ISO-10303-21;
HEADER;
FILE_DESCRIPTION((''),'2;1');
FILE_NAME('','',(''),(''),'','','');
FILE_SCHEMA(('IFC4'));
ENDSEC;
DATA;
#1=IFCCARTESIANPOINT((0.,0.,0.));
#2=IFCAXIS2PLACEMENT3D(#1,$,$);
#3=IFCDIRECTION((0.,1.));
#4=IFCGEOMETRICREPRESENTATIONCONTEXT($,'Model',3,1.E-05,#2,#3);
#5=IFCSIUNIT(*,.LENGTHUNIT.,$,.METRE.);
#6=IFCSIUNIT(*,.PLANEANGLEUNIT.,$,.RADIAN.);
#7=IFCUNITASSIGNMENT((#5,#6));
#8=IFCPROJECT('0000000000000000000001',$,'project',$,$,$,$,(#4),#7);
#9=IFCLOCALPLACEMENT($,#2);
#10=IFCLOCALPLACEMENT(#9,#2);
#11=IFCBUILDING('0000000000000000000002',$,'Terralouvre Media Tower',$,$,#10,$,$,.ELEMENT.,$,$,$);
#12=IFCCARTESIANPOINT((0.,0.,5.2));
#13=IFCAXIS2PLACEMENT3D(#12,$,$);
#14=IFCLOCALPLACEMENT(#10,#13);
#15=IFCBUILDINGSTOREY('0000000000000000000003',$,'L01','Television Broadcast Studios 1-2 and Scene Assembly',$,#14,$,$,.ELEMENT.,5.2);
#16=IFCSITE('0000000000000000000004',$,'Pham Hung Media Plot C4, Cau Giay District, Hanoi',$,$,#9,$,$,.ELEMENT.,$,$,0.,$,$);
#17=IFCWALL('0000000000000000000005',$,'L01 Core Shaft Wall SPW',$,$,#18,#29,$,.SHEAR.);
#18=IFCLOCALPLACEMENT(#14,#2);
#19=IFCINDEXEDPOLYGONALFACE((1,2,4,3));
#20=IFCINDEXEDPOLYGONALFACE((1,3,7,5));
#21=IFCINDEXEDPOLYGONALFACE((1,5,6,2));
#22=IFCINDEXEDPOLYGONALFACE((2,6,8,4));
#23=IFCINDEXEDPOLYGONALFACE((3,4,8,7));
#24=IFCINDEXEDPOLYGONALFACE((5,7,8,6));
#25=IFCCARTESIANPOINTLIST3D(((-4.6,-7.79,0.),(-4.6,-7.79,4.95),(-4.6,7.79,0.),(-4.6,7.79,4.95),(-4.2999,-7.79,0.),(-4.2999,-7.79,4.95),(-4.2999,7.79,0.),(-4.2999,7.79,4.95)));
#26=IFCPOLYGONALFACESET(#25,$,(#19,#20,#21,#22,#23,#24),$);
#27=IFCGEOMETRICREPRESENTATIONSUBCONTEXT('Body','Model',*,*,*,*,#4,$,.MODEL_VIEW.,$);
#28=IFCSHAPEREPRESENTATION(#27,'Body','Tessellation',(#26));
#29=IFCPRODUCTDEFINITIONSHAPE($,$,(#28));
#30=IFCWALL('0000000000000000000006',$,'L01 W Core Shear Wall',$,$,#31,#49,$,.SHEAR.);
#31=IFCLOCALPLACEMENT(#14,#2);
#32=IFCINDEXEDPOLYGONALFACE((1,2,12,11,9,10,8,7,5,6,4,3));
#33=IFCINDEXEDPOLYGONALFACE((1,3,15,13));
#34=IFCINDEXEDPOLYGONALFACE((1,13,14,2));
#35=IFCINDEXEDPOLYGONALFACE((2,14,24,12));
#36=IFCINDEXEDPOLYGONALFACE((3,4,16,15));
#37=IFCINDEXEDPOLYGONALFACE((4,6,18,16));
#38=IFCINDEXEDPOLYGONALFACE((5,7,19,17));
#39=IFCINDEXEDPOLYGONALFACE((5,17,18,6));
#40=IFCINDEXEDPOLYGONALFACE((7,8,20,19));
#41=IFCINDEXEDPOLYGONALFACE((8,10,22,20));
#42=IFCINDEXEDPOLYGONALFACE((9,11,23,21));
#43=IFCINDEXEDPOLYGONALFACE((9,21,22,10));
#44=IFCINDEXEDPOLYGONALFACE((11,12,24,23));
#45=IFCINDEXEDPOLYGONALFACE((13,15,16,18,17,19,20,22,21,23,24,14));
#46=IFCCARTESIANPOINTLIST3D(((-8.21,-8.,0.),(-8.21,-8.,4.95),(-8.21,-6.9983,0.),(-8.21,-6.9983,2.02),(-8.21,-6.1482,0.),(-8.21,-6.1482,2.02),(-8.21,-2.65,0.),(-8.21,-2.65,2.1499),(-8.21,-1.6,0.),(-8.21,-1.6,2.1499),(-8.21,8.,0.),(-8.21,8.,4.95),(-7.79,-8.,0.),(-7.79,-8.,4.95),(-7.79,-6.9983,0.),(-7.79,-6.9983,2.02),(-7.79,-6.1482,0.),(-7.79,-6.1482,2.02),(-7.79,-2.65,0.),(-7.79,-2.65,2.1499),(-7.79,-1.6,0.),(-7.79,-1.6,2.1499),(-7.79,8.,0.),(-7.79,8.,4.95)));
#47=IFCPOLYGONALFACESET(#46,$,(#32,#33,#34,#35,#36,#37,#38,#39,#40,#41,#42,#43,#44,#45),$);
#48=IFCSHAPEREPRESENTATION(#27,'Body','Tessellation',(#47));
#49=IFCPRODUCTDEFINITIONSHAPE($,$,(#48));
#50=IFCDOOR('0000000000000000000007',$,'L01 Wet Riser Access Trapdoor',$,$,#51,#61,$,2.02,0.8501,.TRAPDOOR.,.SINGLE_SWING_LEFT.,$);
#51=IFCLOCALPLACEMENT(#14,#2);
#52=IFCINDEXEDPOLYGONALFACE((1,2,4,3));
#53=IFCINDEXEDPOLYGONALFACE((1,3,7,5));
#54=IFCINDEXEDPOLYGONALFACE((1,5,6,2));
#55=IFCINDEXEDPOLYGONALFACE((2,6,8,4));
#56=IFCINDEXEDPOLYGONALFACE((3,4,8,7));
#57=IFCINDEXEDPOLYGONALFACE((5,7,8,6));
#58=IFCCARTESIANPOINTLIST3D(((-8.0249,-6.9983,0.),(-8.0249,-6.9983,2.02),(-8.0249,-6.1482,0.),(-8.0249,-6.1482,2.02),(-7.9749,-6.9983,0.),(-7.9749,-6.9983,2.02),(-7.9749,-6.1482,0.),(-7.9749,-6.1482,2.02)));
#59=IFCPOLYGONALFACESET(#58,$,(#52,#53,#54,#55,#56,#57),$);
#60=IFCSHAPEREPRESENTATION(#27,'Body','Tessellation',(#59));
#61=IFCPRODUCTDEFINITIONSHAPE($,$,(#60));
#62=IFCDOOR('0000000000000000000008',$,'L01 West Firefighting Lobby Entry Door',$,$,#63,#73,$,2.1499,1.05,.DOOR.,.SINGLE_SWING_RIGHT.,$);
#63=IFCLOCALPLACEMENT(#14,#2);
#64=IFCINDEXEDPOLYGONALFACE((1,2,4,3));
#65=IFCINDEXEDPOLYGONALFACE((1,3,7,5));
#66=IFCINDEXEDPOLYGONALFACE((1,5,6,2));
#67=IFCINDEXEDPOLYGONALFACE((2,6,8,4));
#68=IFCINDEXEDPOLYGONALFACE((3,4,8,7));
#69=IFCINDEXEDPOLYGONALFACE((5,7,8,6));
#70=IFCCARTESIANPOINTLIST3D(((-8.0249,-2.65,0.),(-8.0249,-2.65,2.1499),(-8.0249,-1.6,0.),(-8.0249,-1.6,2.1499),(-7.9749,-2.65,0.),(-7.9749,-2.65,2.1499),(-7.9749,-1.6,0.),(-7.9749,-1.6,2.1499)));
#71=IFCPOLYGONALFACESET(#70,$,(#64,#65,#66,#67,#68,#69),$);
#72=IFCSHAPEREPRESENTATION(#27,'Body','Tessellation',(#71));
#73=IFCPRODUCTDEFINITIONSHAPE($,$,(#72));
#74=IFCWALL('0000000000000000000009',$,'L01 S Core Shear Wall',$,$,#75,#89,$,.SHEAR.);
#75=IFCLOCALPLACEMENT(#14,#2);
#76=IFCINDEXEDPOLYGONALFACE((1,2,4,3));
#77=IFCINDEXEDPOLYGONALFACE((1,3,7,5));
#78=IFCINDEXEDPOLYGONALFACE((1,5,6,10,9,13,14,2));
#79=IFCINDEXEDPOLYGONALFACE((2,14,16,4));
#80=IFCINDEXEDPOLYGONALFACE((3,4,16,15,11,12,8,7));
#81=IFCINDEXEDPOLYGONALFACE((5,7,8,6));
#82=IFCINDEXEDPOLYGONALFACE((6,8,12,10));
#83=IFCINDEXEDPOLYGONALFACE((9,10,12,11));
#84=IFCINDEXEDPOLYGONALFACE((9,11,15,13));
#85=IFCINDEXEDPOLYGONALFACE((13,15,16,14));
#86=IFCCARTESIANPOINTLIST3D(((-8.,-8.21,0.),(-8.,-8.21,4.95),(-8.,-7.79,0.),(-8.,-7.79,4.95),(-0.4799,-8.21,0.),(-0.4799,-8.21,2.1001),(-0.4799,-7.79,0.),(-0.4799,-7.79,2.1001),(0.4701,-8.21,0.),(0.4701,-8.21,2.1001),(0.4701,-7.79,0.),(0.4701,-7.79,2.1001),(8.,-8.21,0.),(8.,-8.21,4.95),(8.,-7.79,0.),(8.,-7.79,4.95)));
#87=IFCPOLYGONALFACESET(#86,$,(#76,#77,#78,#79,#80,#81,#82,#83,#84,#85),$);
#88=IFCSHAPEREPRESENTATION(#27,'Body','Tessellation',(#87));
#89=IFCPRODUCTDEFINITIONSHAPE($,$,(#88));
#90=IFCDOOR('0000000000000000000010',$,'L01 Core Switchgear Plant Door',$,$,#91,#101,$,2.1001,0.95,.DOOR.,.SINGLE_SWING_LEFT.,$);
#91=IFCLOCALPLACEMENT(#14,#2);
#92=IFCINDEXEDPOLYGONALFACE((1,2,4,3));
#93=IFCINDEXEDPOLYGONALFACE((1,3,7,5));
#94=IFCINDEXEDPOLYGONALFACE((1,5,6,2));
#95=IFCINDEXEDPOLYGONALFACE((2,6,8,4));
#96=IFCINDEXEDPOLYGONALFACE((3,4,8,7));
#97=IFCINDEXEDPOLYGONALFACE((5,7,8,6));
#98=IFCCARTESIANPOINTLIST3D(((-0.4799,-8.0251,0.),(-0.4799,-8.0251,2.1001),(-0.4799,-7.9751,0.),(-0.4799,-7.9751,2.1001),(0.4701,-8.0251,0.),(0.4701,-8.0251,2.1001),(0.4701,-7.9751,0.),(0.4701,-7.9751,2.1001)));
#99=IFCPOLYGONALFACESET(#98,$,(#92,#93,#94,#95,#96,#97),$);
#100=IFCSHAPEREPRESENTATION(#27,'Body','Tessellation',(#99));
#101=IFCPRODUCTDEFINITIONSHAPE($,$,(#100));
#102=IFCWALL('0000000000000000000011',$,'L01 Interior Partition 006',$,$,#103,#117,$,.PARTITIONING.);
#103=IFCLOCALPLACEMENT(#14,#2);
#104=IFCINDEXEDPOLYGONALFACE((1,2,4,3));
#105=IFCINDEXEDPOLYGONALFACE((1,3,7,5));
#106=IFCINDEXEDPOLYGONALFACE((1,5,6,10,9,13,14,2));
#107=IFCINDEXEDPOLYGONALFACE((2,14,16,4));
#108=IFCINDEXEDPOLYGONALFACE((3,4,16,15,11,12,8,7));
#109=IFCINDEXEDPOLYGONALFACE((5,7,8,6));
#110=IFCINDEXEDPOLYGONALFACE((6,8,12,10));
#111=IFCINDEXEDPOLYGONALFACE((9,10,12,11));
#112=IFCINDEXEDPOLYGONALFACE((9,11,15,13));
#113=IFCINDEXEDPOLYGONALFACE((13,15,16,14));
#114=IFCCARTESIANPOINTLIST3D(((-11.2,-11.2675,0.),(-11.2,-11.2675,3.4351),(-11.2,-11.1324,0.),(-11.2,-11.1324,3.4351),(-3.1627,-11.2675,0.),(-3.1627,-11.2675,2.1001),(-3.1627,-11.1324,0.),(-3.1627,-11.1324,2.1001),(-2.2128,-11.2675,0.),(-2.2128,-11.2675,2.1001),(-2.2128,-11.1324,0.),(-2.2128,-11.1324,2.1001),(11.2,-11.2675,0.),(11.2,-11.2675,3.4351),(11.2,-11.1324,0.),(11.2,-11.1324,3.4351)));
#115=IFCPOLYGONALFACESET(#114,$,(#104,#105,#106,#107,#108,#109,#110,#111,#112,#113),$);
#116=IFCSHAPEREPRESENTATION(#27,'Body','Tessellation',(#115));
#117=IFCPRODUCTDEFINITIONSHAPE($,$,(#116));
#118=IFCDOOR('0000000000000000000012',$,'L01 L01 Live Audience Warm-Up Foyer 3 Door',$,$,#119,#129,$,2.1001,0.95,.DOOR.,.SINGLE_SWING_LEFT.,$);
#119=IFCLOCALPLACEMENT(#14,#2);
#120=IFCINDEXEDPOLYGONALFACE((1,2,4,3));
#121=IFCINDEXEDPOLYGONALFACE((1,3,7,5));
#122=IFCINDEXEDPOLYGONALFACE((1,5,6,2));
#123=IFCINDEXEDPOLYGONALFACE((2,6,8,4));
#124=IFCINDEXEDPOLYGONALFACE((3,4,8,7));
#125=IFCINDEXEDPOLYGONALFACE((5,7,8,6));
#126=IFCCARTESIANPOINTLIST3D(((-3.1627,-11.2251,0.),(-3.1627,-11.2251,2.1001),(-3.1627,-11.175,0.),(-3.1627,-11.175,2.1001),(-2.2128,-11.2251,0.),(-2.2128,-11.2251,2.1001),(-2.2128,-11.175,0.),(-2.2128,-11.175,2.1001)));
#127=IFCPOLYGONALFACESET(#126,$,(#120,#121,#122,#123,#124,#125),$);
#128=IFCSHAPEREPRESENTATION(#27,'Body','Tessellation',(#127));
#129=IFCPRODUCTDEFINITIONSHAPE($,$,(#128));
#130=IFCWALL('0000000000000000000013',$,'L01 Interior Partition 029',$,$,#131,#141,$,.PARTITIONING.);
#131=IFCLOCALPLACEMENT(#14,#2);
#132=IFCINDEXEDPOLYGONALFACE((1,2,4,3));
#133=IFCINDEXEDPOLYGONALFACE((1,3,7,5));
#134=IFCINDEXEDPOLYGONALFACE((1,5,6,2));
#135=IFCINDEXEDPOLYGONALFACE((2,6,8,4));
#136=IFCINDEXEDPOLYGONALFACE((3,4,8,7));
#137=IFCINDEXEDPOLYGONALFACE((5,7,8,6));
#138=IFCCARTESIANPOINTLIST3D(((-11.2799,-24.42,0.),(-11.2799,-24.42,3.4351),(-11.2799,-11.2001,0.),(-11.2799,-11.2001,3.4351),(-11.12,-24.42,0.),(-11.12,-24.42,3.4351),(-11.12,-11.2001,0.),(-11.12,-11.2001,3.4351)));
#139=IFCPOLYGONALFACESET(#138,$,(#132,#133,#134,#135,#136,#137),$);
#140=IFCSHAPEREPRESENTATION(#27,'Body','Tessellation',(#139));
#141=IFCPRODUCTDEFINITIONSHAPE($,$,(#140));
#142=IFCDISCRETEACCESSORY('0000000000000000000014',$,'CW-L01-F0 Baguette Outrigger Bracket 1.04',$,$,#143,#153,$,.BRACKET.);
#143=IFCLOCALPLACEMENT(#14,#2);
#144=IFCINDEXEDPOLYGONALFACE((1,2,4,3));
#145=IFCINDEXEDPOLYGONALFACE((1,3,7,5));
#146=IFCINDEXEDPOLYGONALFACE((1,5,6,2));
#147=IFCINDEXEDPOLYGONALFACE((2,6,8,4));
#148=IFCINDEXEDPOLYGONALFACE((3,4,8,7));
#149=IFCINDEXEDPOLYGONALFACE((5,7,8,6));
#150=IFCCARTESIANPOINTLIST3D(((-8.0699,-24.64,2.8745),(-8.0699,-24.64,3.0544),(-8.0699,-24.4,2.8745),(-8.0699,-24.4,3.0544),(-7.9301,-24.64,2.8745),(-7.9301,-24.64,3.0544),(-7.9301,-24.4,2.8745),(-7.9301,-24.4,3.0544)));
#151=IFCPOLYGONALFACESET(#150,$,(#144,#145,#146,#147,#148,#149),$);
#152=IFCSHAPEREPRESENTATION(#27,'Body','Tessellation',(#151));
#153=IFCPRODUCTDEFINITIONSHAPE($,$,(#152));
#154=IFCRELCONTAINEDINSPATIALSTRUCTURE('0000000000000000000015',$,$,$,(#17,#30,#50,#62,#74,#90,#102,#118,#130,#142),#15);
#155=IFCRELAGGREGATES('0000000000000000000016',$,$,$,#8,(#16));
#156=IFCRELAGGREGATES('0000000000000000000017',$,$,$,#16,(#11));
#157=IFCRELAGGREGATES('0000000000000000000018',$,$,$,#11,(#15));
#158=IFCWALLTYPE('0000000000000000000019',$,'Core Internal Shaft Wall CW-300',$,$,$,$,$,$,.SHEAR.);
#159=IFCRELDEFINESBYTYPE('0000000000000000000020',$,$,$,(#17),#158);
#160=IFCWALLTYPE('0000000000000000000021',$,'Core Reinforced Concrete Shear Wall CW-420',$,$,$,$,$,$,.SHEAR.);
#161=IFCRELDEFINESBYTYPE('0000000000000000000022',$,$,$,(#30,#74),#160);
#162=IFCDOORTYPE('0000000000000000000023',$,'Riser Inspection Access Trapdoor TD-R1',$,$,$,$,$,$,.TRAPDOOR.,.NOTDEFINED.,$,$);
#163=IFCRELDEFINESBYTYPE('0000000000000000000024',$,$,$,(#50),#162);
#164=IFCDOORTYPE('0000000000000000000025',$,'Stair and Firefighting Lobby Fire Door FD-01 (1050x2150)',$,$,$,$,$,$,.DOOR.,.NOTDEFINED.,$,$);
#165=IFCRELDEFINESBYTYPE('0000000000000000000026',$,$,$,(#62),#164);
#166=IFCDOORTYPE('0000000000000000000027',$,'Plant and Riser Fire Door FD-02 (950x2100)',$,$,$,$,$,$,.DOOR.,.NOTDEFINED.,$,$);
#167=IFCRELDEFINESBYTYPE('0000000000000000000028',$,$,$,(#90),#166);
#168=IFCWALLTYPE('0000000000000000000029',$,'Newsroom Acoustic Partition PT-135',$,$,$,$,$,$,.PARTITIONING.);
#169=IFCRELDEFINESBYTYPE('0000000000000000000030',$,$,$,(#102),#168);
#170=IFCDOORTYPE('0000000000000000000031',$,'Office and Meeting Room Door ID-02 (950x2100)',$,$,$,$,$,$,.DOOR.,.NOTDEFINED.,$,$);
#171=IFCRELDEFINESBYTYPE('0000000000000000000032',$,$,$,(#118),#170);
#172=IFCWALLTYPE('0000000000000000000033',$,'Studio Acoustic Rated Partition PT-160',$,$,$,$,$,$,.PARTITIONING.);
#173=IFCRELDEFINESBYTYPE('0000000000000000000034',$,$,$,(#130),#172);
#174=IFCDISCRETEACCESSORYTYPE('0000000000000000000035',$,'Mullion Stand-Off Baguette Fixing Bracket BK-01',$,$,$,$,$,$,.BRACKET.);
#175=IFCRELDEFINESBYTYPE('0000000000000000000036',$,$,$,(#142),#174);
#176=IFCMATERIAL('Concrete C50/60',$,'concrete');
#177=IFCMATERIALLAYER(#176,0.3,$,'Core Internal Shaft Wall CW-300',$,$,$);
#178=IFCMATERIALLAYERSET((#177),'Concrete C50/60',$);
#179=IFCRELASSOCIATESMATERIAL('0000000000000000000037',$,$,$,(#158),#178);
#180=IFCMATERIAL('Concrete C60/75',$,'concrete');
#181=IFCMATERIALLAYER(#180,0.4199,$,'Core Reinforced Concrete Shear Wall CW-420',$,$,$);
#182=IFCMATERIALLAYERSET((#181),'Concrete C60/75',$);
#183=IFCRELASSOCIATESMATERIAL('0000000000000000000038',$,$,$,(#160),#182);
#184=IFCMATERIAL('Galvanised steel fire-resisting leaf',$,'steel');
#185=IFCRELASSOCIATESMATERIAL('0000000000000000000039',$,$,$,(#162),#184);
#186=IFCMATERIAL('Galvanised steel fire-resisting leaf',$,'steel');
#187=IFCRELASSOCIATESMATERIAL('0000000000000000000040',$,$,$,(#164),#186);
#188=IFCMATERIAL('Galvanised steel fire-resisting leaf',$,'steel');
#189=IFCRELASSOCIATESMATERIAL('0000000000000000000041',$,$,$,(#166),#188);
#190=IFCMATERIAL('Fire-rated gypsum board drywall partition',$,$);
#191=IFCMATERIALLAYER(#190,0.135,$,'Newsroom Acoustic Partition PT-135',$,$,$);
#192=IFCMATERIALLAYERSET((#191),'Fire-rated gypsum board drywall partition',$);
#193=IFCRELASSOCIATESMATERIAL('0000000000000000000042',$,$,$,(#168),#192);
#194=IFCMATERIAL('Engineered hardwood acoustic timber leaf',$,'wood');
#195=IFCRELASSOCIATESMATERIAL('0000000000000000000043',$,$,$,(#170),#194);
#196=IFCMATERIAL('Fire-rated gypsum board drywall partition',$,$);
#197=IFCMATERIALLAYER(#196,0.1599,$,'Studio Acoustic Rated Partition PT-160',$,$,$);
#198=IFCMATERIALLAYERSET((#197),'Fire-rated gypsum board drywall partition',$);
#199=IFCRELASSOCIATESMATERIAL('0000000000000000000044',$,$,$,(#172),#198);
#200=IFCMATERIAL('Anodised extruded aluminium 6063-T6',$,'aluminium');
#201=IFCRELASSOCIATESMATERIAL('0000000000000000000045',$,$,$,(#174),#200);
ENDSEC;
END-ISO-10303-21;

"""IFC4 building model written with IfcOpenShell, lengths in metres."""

from ifc_helpers import new_model, si_unit, direction, frame, frame_2d, origin, origin_2d, place, context, subcontext, project, spatial, rectangle, extrude, material, layer, layer_set, type_object, element, fill, save


model = new_model("IFC4")

# Units and contexts
model_context = context("Model", 3, precision=1e-05, world=origin(), true_north=direction((0.0, 1.0)))
body_context = subcontext(model_context, "Body", "Model", "MODEL_VIEW")
ifc_project = project(units=[si_unit("LENGTHUNIT", "METRE"), si_unit("PLANEANGLEUNIT", "RADIAN")], contexts=[model_context])

# Site, building, storey
site_placement = place(None, origin())
site = spatial("IfcSite", under=ifc_project, at=site_placement, Name="Pham Hung Media Plot C4, Cau Giay District, Hanoi", CompositionType="ELEMENT", RefElevation=0.0)
building_placement = place(site_placement, origin())
building = spatial("IfcBuilding", under=site, at=building_placement, Name="Terralouvre Media Tower", CompositionType="ELEMENT")
storey_placement = place(building_placement, frame((0.0, 0.0, 5.2)))
storey = spatial("IfcBuildingStorey", under=building, at=storey_placement, Name="L01", Description="Television Broadcast Studios 1-2 and Scene Assembly", CompositionType="ELEMENT", Elevation=5.2)

# Wall
ifc_material_1 = material(Name="Concrete C50/60", Category="concrete")
ifc_layer_1 = layer(ifc_material_1, 0.3, Name="Core Internal Shaft Wall CW-300")
ifc_layer_set_1 = layer_set([ifc_layer_1], Name="Concrete C50/60")
wall_type_1 = type_object("IfcWallType", Name="Core Internal Shaft Wall CW-300", PredefinedType="SHEAR", material=ifc_layer_set_1)
wall_1_placement = place(storey_placement, frame((-4.45, -7.79, 0.0), z_axis=(0.0, 0.0, 1.0), x_axis=(0.0, 1.0, 0.0)))
element("IfcWall", 1, at=wall_1_placement, inside=storey, type_object=wall_type_1, Name="L01 Core Shaft Wall SPW", PredefinedType="SHEAR", context=body_context, shape_type="SweptSolid", body=[
    extrude(rectangle(XDim=15.5801, YDim=0.3, at=frame_2d((7.79, 0.0))), origin(), (0.0, 0.0, 1.0), 4.95),
])

# Wall, openings, doors
ifc_material_2 = material(Name="Concrete C60/75", Category="concrete")
ifc_layer_2 = layer(ifc_material_2, 0.4199, Name="Core Reinforced Concrete Shear Wall CW-420")
ifc_layer_set_2 = layer_set([ifc_layer_2], Name="Concrete C60/75")
wall_type_2 = type_object("IfcWallType", Name="Core Reinforced Concrete Shear Wall CW-420", PredefinedType="SHEAR", material=ifc_layer_set_2)
wall_2_placement = place(storey_placement, frame((-8.0, -8.0, 0.0), z_axis=(0.0, 0.0, 1.0), x_axis=(0.0, 1.0, 0.0)))
wall_2 = element("IfcWall", 2, at=wall_2_placement, inside=storey, type_object=wall_type_2, Name="L01 W Core Shear Wall", PredefinedType="SHEAR", context=body_context, shape_type="SweptSolid", body=[
    extrude(rectangle(XDim=16.0, YDim=0.4199, at=frame_2d((8.0, 0.0))), origin(), (0.0, 0.0, 1.0), 4.95),
])
opening_1_placement = place(wall_2_placement, frame((1.0017, 0.0, 0.0)))
opening_1 = element("IfcOpeningElement", 3, at=opening_1_placement, cuts=wall_2, PredefinedType="OPENING", context=body_context, shape_type="SweptSolid", body=[
    extrude(rectangle(XDim=0.8501, YDim=2.02, at=frame_2d((0.425, 1.01))), frame((0.0, 0.22, 0.0), z_axis=(0.0, -1.0, 0.0), x_axis=(1.0, 0.0, 0.0)), (0.0, 0.0, 1.0), 0.4399),
])
opening_2_placement = place(wall_2_placement, frame((5.3501, 0.0, 0.0)))
opening_2 = element("IfcOpeningElement", 4, at=opening_2_placement, cuts=wall_2, PredefinedType="OPENING", context=body_context, shape_type="SweptSolid", body=[
    extrude(rectangle(XDim=1.05, YDim=2.1499, at=frame_2d((0.5249, 1.075))), frame((0.0, 0.22, 0.0), z_axis=(0.0, -1.0, 0.0), x_axis=(1.0, 0.0, 0.0)), (0.0, 0.0, 1.0), 0.4399),
])
ifc_material_3 = material(Name="Galvanised steel fire-resisting leaf", Category="steel")
door_type_1 = type_object("IfcDoorType", Name="Riser Inspection Access Trapdoor TD-R1", OperationType="NOTDEFINED", PredefinedType="TRAPDOOR", material=ifc_material_3)
door_1_placement = place(opening_1_placement, origin())
door_1 = element("IfcDoor", 5, at=door_1_placement, inside=storey, type_object=door_type_1, Name="L01 Wet Riser Access Trapdoor", OperationType="SINGLE_SWING_LEFT", OverallHeight=2.02, OverallWidth=0.8501, PredefinedType="TRAPDOOR", context=body_context, shape_type="SweptSolid", body=[
    extrude(rectangle(XDim=0.8501, YDim=2.02, at=frame_2d((0.425, 1.01))), frame((0.0, 0.0249, 0.0), z_axis=(0.0, -1.0, 0.0), x_axis=(1.0, 0.0, 0.0)), (0.0, 0.0, 1.0), 0.05),
])
fill(opening_1, door_1)
ifc_material_4 = material(Name="Galvanised steel fire-resisting leaf", Category="steel")
door_type_2 = type_object("IfcDoorType", Name="Stair and Firefighting Lobby Fire Door FD-01 (1050x2150)", OperationType="NOTDEFINED", PredefinedType="DOOR", material=ifc_material_4)
door_2_placement = place(opening_2_placement, origin())
door_2 = element("IfcDoor", 6, at=door_2_placement, inside=storey, type_object=door_type_2, Name="L01 West Firefighting Lobby Entry Door", OperationType="SINGLE_SWING_RIGHT", OverallHeight=2.1499, OverallWidth=1.05, PredefinedType="DOOR", context=body_context, shape_type="SweptSolid", body=[
    extrude(rectangle(XDim=1.05, YDim=2.1499, at=frame_2d((0.5249, 1.075))), frame((0.0, 0.0249, 0.0), z_axis=(0.0, -1.0, 0.0), x_axis=(1.0, 0.0, 0.0)), (0.0, 0.0, 1.0), 0.05),
])
fill(opening_2, door_2)

# Walls, openings, doors
wall_3_placement = place(storey_placement, frame((-8.0, -8.0, 0.0), z_axis=(0.0, 0.0, 1.0), x_axis=(1.0, 0.0, 0.0)))
wall_3 = element("IfcWall", 7, at=wall_3_placement, inside=storey, type_object=wall_type_2, Name="L01 S Core Shear Wall", PredefinedType="SHEAR", context=body_context, shape_type="SweptSolid", body=[
    extrude(rectangle(XDim=16.0, YDim=0.4199, at=frame_2d((8.0, 0.0))), origin(), (0.0, 0.0, 1.0), 4.95),
])
opening_3_placement = place(wall_3_placement, frame((7.52, 0.0, 0.0)))
opening_3 = element("IfcOpeningElement", 8, at=opening_3_placement, cuts=wall_3, PredefinedType="OPENING", context=body_context, shape_type="SweptSolid", body=[
    extrude(rectangle(XDim=0.95, YDim=2.1001, at=frame_2d((0.4751, 1.05))), frame((0.0, 0.22, 0.0), z_axis=(0.0, -1.0, 0.0), x_axis=(1.0, 0.0, 0.0)), (0.0, 0.0, 1.0), 0.4399),
])
ifc_material_5 = material(Name="Galvanised steel fire-resisting leaf", Category="steel")
door_type_3 = type_object("IfcDoorType", Name="Plant and Riser Fire Door FD-02 (950x2100)", OperationType="NOTDEFINED", PredefinedType="DOOR", material=ifc_material_5)
door_3_placement = place(opening_3_placement, origin())
door_3 = element("IfcDoor", 9, at=door_3_placement, inside=storey, type_object=door_type_3, Name="L01 Core Switchgear Plant Door", OperationType="SINGLE_SWING_LEFT", OverallHeight=2.1001, OverallWidth=0.95, PredefinedType="DOOR", context=body_context, shape_type="SweptSolid", body=[
    extrude(rectangle(XDim=0.95, YDim=2.1001, at=frame_2d((0.4751, 1.05))), frame((0.0, 0.0249, 0.0), z_axis=(0.0, -1.0, 0.0), x_axis=(1.0, 0.0, 0.0)), (0.0, 0.0, 1.0), 0.05),
])
fill(opening_3, door_3)
ifc_material_6 = material(Name="Fire-rated gypsum board drywall partition")
ifc_layer_3 = layer(ifc_material_6, 0.135, Name="Newsroom Acoustic Partition PT-135")
ifc_layer_set_3 = layer_set([ifc_layer_3], Name="Fire-rated gypsum board drywall partition")
wall_type_3 = type_object("IfcWallType", Name="Newsroom Acoustic Partition PT-135", PredefinedType="PARTITIONING", material=ifc_layer_set_3)
wall_4_placement = place(storey_placement, frame((-11.2, -11.2, 0.0), z_axis=(0.0, 0.0, 1.0), x_axis=(1.0, 0.0, 0.0)))
wall_4 = element("IfcWall", 10, at=wall_4_placement, inside=storey, type_object=wall_type_3, Name="L01 Interior Partition 006", PredefinedType="PARTITIONING", context=body_context, shape_type="SweptSolid", body=[
    extrude(rectangle(XDim=22.3999, YDim=0.135, at=frame_2d((11.2, 0.0))), origin(), (0.0, 0.0, 1.0), 3.4351),
])
opening_4_placement = place(wall_4_placement, frame((8.0371, 0.0, 0.0)))
opening_4 = element("IfcOpeningElement", 11, at=opening_4_placement, cuts=wall_4, PredefinedType="OPENING", context=body_context, shape_type="SweptSolid", body=[
    extrude(rectangle(XDim=0.95, YDim=2.1001, at=frame_2d((0.4751, 1.05))), frame((0.0, 0.0774, 0.0), z_axis=(0.0, -1.0, 0.0), x_axis=(1.0, 0.0, 0.0)), (0.0, 0.0, 1.0), 0.155),
])
ifc_material_7 = material(Name="Engineered hardwood acoustic timber leaf", Category="wood")
door_type_4 = type_object("IfcDoorType", Name="Office and Meeting Room Door ID-02 (950x2100)", OperationType="NOTDEFINED", PredefinedType="DOOR", material=ifc_material_7)
door_4_placement = place(opening_4_placement, origin())
door_4 = element("IfcDoor", 12, at=door_4_placement, inside=storey, type_object=door_type_4, Name="L01 L01 Live Audience Warm-Up Foyer 3 Door", OperationType="SINGLE_SWING_LEFT", OverallHeight=2.1001, OverallWidth=0.95, PredefinedType="DOOR", context=body_context, shape_type="SweptSolid", body=[
    extrude(rectangle(XDim=0.95, YDim=2.1001, at=frame_2d((0.4751, 1.05))), frame((0.0, 0.0249, 0.0), z_axis=(0.0, -1.0, 0.0), x_axis=(1.0, 0.0, 0.0)), (0.0, 0.0, 1.0), 0.05),
])
fill(opening_4, door_4)

# Wall
ifc_material_8 = material(Name="Fire-rated gypsum board drywall partition")
ifc_layer_4 = layer(ifc_material_8, 0.1599, Name="Studio Acoustic Rated Partition PT-160")
ifc_layer_set_4 = layer_set([ifc_layer_4], Name="Fire-rated gypsum board drywall partition")
wall_type_4 = type_object("IfcWallType", Name="Studio Acoustic Rated Partition PT-160", PredefinedType="PARTITIONING", material=ifc_layer_set_4)
wall_5_placement = place(storey_placement, frame((-11.2, -24.4199, 0.0), z_axis=(0.0, 0.0, 1.0), x_axis=(0.0, 1.0, 0.0)))
element("IfcWall", 13, at=wall_5_placement, inside=storey, type_object=wall_type_4, Name="L01 Interior Partition 029", PredefinedType="PARTITIONING", context=body_context, shape_type="SweptSolid", body=[
    extrude(rectangle(XDim=13.22, YDim=0.1599, at=frame_2d((6.6099, 0.0))), origin(), (0.0, 0.0, 1.0), 3.4351),
])

# Discrete accessory
ifc_material_9 = material(Name="Anodised extruded aluminium 6063-T6", Category="aluminium")
discrete_accessory_type = type_object("IfcDiscreteAccessoryType", Name="Mullion Stand-Off Baguette Fixing Bracket BK-01", PredefinedType="BRACKET", material=ifc_material_9)
discrete_accessory_placement = place(storey_placement, frame((-8.0, -24.52, 2.8745), z_axis=(0.0, 0.0, 1.0), x_axis=(1.0, 0.0, 0.0)))
element("IfcDiscreteAccessory", 14, at=discrete_accessory_placement, inside=storey, type_object=discrete_accessory_type, Name="CW-L01-F0 Baguette Outrigger Bracket 1.04", PredefinedType="BRACKET", context=body_context, shape_type="SweptSolid", body=[
    extrude(rectangle(XDim=0.1399, YDim=0.24, at=origin_2d()), origin(), (0.0, 0.0, 1.0), 0.1799),
])

save(model, "model.ifc")
